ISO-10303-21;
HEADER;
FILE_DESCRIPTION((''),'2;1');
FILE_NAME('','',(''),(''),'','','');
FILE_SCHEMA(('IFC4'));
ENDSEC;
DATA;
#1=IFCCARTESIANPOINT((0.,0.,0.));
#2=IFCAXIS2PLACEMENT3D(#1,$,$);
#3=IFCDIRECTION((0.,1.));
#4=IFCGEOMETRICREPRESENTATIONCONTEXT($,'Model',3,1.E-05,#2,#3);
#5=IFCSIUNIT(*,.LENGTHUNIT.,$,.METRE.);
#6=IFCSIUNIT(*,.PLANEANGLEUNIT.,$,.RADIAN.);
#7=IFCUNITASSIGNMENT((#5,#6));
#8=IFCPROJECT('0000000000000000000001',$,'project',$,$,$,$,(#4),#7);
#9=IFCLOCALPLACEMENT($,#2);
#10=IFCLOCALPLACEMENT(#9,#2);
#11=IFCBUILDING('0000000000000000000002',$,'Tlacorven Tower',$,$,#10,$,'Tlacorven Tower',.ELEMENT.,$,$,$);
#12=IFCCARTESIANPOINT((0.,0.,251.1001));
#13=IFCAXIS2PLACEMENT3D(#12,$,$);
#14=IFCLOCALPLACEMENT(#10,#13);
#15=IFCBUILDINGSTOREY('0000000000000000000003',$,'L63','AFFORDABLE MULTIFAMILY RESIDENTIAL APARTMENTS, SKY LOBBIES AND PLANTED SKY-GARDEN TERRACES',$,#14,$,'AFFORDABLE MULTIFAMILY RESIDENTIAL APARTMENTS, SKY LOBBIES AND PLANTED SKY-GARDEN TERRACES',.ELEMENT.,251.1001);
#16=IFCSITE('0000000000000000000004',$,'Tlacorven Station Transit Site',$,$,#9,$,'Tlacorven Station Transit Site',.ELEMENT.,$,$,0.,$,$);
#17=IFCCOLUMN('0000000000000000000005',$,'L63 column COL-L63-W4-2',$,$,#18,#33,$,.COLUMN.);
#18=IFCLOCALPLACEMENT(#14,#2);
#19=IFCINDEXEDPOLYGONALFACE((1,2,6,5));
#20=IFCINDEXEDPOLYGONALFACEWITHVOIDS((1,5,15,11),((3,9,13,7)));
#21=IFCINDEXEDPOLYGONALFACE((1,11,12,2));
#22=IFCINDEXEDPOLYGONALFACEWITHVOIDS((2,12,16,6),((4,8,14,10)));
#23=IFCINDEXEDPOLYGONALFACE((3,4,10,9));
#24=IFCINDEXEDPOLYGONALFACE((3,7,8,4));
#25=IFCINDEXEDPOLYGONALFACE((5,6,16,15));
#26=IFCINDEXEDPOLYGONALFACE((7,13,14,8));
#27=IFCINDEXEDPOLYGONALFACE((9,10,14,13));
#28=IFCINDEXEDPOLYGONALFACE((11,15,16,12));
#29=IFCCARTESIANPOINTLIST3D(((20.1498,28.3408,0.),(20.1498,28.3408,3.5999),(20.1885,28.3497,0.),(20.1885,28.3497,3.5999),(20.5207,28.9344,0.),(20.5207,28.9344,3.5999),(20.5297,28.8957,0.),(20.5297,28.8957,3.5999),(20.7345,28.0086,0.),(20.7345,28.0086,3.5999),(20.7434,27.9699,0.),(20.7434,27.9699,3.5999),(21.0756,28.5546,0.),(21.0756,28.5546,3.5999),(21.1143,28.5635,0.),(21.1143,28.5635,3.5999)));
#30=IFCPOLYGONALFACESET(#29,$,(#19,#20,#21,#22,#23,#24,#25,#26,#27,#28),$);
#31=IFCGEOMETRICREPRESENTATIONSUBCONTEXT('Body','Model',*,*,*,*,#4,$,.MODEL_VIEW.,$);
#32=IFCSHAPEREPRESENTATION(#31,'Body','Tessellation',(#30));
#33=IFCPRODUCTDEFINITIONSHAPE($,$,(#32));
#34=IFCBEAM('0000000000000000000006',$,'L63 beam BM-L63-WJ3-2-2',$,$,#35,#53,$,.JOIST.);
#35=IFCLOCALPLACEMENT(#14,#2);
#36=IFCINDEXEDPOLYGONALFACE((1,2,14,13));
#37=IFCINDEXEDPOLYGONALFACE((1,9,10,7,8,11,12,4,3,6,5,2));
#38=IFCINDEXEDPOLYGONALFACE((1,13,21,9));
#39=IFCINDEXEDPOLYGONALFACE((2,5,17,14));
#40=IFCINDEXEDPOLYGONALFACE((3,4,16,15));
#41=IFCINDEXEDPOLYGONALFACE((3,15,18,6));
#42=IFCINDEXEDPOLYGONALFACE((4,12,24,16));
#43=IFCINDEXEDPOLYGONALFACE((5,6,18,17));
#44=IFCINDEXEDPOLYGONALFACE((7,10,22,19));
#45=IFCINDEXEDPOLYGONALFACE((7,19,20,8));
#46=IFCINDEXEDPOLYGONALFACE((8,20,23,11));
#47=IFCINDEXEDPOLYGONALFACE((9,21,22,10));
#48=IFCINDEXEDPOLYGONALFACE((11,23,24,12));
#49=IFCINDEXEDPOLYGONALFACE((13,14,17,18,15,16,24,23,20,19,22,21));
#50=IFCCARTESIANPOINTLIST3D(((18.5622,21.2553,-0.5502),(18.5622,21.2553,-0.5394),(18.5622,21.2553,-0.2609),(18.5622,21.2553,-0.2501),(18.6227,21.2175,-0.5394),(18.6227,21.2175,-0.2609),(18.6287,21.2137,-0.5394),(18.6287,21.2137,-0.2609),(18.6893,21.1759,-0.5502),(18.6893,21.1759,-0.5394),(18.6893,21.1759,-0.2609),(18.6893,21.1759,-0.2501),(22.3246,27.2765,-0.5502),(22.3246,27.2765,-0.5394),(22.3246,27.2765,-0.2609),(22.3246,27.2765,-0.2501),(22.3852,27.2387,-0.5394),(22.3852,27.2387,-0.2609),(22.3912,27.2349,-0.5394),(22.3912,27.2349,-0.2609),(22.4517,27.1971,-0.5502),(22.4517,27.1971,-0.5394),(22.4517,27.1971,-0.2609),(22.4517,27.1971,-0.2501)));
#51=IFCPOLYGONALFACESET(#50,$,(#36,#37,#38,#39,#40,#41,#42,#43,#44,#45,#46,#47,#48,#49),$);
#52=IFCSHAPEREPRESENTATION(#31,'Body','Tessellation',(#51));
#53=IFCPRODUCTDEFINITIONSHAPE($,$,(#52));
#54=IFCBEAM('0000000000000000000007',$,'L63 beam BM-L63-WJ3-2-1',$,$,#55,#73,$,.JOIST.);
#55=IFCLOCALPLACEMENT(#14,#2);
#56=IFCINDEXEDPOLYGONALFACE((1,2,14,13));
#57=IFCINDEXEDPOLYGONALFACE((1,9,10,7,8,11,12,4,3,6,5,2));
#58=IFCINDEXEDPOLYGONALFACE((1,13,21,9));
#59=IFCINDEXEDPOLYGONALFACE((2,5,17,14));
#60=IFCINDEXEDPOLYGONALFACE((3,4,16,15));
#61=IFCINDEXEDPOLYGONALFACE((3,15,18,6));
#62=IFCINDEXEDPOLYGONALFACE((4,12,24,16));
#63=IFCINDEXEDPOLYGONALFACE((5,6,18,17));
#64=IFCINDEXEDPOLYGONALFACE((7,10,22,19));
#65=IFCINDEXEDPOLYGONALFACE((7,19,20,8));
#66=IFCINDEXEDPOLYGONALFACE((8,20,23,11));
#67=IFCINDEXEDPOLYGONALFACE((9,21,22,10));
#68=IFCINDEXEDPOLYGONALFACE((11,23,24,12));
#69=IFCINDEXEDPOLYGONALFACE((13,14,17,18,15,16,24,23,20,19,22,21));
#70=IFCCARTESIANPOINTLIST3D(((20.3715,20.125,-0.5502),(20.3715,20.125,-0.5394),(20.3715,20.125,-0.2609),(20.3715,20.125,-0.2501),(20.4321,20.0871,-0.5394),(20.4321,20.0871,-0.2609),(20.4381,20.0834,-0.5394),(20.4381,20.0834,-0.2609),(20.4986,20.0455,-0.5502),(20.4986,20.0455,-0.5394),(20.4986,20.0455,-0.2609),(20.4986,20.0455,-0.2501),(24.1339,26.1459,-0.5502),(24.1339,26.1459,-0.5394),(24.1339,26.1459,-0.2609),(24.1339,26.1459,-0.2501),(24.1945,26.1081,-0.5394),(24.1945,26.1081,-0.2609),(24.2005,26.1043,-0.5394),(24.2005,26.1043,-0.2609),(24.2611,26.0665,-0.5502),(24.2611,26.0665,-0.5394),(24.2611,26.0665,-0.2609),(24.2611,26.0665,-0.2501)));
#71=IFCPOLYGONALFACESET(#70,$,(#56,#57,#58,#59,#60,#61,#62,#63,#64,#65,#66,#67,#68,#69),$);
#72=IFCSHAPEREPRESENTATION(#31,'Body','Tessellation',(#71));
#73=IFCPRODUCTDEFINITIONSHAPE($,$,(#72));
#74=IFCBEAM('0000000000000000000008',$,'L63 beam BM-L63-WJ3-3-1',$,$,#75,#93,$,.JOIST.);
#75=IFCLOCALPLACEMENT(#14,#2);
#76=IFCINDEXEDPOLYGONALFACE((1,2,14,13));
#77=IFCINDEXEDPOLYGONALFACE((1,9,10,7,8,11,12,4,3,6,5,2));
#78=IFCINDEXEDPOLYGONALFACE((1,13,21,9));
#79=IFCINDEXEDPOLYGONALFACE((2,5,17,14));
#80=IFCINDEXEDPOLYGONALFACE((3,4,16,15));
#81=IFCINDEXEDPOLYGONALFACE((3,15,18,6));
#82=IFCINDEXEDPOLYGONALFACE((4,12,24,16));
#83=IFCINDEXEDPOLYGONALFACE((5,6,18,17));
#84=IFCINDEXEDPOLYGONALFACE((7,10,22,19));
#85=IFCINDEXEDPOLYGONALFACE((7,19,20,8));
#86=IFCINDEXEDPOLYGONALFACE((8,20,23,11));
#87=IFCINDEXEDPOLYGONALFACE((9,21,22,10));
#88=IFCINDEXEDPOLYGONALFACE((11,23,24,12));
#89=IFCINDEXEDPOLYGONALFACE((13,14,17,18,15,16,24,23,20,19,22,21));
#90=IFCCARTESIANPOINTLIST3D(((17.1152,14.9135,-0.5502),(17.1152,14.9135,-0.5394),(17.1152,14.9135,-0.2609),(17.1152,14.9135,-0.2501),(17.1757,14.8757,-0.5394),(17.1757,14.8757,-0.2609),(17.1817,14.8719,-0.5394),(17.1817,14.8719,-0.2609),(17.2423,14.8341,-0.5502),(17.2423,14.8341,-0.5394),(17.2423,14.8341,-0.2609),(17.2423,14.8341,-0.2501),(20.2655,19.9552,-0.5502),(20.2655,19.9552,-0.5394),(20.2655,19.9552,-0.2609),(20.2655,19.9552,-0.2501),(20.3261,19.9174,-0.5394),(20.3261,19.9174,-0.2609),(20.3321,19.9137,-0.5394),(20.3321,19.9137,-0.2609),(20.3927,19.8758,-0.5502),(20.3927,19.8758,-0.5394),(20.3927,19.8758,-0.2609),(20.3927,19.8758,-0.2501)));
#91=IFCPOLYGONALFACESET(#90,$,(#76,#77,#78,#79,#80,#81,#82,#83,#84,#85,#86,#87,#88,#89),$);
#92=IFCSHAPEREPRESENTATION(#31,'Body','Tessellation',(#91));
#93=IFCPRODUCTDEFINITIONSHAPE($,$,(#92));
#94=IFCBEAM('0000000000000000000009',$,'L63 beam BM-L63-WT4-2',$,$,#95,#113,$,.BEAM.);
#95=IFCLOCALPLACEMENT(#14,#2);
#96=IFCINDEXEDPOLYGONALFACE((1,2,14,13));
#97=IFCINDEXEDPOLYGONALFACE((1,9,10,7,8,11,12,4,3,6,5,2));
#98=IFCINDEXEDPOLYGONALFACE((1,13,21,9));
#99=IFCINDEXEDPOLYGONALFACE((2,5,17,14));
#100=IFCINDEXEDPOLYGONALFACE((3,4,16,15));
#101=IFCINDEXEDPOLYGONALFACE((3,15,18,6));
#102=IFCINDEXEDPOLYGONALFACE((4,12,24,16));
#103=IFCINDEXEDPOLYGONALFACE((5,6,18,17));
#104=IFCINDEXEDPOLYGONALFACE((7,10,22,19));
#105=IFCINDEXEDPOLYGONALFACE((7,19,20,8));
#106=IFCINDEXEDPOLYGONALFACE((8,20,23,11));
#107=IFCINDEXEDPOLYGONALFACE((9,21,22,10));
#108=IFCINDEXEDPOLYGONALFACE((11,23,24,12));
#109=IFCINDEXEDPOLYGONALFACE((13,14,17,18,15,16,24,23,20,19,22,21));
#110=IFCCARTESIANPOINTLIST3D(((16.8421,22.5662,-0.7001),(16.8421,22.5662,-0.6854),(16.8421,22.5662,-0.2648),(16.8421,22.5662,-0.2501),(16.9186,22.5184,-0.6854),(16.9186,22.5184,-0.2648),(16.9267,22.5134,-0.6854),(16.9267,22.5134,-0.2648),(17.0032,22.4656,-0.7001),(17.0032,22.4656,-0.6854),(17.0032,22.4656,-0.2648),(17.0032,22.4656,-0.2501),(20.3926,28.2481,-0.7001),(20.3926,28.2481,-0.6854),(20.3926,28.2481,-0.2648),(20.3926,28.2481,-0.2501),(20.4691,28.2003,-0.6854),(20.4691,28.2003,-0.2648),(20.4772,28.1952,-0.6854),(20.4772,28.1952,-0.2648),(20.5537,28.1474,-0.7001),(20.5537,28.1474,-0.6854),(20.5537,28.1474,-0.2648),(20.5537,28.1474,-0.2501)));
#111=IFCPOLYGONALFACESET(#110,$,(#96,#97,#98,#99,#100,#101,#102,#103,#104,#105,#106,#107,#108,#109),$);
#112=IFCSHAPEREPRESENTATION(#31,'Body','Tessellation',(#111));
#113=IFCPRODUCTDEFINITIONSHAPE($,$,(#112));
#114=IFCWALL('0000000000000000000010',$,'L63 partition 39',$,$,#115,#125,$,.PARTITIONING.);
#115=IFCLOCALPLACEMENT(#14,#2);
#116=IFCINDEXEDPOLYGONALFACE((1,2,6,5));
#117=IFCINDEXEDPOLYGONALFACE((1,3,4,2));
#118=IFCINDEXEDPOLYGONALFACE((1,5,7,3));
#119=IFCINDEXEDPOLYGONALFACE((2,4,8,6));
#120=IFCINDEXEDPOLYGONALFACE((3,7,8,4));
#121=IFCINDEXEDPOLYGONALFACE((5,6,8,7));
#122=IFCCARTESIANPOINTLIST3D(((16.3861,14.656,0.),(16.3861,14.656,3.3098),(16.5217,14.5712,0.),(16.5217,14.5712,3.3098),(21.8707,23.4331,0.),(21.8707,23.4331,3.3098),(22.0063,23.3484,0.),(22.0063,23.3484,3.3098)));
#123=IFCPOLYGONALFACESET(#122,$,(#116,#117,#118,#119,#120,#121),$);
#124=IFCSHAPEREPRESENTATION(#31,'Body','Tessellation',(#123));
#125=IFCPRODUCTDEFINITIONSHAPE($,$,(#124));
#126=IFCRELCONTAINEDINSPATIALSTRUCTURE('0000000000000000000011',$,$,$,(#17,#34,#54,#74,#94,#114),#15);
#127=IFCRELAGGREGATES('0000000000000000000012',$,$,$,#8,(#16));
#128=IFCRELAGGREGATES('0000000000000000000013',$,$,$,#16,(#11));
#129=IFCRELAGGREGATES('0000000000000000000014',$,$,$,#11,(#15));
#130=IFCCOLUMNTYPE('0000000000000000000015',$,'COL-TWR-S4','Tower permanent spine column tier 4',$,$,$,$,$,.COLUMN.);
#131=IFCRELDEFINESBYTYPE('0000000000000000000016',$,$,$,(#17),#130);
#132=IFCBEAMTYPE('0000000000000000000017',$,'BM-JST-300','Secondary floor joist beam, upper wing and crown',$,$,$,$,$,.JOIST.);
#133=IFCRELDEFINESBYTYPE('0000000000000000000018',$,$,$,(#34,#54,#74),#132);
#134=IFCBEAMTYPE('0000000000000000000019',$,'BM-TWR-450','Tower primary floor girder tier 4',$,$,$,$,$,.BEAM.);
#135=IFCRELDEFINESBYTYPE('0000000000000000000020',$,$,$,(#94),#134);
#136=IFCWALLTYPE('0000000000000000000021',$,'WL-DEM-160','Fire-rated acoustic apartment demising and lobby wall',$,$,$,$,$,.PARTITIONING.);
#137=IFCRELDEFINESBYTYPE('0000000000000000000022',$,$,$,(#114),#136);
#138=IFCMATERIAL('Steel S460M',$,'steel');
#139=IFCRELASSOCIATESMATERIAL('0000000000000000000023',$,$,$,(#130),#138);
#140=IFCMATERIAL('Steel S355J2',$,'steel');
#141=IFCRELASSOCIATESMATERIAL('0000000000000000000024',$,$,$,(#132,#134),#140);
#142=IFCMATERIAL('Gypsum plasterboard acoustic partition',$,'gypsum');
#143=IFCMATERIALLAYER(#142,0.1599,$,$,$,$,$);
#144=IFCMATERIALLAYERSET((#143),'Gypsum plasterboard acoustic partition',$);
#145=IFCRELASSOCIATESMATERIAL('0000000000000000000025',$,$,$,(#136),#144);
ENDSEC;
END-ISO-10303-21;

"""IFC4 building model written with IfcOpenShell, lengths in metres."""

from ifc_helpers import new_model, si_unit, direction, frame, frame_2d, origin, origin_2d, place, context, subcontext, project, spatial, rectangle, hollow_rectangle, i_section, extrude, source, transform, mapped, material, layer, layer_set, material_profile, profile_set, type_object, element, save


model = new_model("IFC4")

# Units and contexts
model_context = context("Model", 3, precision=1e-05, world=origin(), true_north=direction((0.0, 1.0)))
body_context = subcontext(model_context, "Body", "Model", "MODEL_VIEW")
ifc_project = project(units=[si_unit("LENGTHUNIT", "METRE"), si_unit("PLANEANGLEUNIT", "RADIAN")], contexts=[model_context])

# Site, building, storey
site_placement = place(None, origin())
site = spatial("IfcSite", under=ifc_project, at=site_placement, Name="Tlacorven Station Transit Site", LongName="Tlacorven Station Transit Site", CompositionType="ELEMENT", RefElevation=0.0)
building_placement = place(site_placement, origin())
building = spatial("IfcBuilding", under=site, at=building_placement, Name="Tlacorven Tower", LongName="Tlacorven Tower", CompositionType="ELEMENT")
storey_placement = place(building_placement, frame((0.0, 0.0, 251.1001)))
storey = spatial("IfcBuildingStorey", under=building, at=storey_placement, Name="L63", Description="AFFORDABLE MULTIFAMILY RESIDENTIAL APARTMENTS, SKY LOBBIES AND PLANTED SKY-GARDEN TERRACES", LongName="AFFORDABLE MULTIFAMILY RESIDENTIAL APARTMENTS, SKY LOBBIES AND PLANTED SKY-GARDEN TERRACES", CompositionType="ELEMENT", Elevation=251.1001)

# Column
ifc_material_1 = material(Name="Steel S460M", Category="steel")
ifc_material_profile_1 = material_profile(ifc_material_1, hollow_rectangle(XDim=0.7, YDim=0.7, WallThickness=0.0281, at=origin_2d()), Name="BOX 700X700X28")
ifc_profile_set_1 = profile_set([ifc_material_profile_1], Name="Steel S460M")
column_type = type_object("IfcColumnType", Name="COL-TWR-S4", Description="Tower permanent spine column tier 4", PredefinedType="COLUMN", material=ifc_profile_set_1)
shared_shape_1 = source(origin(), body_context, "Body", "SweptSolid", [
    extrude(hollow_rectangle(XDim=0.7, YDim=0.7, WallThickness=0.0281, at=origin_2d()), origin(), (0.0, 0.0, 1.0), 3.5999),
])
column_placement = place(storey_placement, frame((20.6321, 28.4521, 0.0), z_axis=(0.0, 0.0, 1.0), x_axis=(-0.848048, 0.529919, 0.0)))
element("IfcColumn", 1, at=column_placement, inside=storey, type_object=column_type, Name="L63 column COL-L63-W4-2", PredefinedType="COLUMN", context=body_context, shape_type="MappedRepresentation", body=[
    mapped(shared_shape_1, transform((0.0, 0.0, 0.0), scale=1.0)),
])

# Beams
ifc_material_2 = material(Name="Steel S355J2", Category="steel")
ifc_material_profile_2 = material_profile(ifc_material_2, i_section(OverallWidth=0.1499, OverallDepth=0.3, WebThickness=0.0071, FlangeThickness=0.0107, at=origin_2d()), Name="IPE 300")
ifc_profile_set_2 = profile_set([ifc_material_profile_2], Name="Steel S355J2")
beam_type_1 = type_object("IfcBeamType", Name="BM-JST-300", Description="Secondary floor joist beam, upper wing and crown", PredefinedType="JOIST", material=ifc_profile_set_2)
shared_shape_2 = source(origin(), body_context, "Body", "SweptSolid", [
    extrude(i_section(OverallWidth=0.1499, OverallDepth=0.3, WebThickness=0.0071, FlangeThickness=0.0107, at=origin_2d()), origin(), (0.0, 0.0, 1.0), 7.1001),
])
beam_1_placement = place(storey_placement, frame((22.3882, 27.2368, -0.4001), z_axis=(-0.529915, -0.84805, 0.0), x_axis=(0.84805, -0.529915, 0.0)))
element("IfcBeam", 2, at=beam_1_placement, inside=storey, type_object=beam_type_1, Name="L63 beam BM-L63-WJ3-2-2", PredefinedType="JOIST", context=body_context, shape_type="MappedRepresentation", body=[
    mapped(shared_shape_2, transform((0.0, 0.0, 0.0), scale=1.0)),
])
shared_shape_3 = source(origin(), body_context, "Body", "SweptSolid", [
    extrude(i_section(OverallWidth=0.1499, OverallDepth=0.3, WebThickness=0.0071, FlangeThickness=0.0107, at=origin_2d()), origin(), (0.0, 0.0, 1.0), 7.0999),
])
beam_2_placement = place(storey_placement, frame((24.1975, 26.1062, -0.4001), z_axis=(-0.529931, -0.848041, 0.0), x_axis=(0.848041, -0.529931, 0.0)))
element("IfcBeam", 3, at=beam_2_placement, inside=storey, type_object=beam_type_1, Name="L63 beam BM-L63-WJ3-2-1", PredefinedType="JOIST", context=body_context, shape_type="MappedRepresentation", body=[
    mapped(shared_shape_3, transform((0.0, 0.0, 0.0), scale=1.0)),
])
shared_shape_4 = source(origin(), body_context, "Body", "SweptSolid", [
    extrude(i_section(OverallWidth=0.1499, OverallDepth=0.3, WebThickness=0.0071, FlangeThickness=0.0107, at=origin_2d()), origin(), (0.0, 0.0, 1.0), 5.9451),
])
beam_3_placement = place(storey_placement, frame((20.3291, 19.9155, -0.4001), z_axis=(-0.529914, -0.848051, 0.0), x_axis=(0.848051, -0.529914, 0.0)))
element("IfcBeam", 4, at=beam_3_placement, inside=storey, type_object=beam_type_1, Name="L63 beam BM-L63-WJ3-3-1", PredefinedType="JOIST", context=body_context, shape_type="MappedRepresentation", body=[
    mapped(shared_shape_4, transform((0.0, 0.0, 0.0), scale=1.0)),
])
ifc_material_profile_3 = material_profile(ifc_material_2, i_section(OverallWidth=0.1899, OverallDepth=0.45, WebThickness=0.0095, FlangeThickness=0.0146, at=origin_2d()), Name="IPE 450")
ifc_profile_set_3 = profile_set([ifc_material_profile_3], Name="Steel S355J2")
beam_type_2 = type_object("IfcBeamType", Name="BM-TWR-450", Description="Tower primary floor girder tier 4", PredefinedType="BEAM", material=ifc_profile_set_3)
shared_shape_5 = source(origin(), body_context, "Body", "SweptSolid", [
    extrude(i_section(OverallWidth=0.1899, OverallDepth=0.45, WebThickness=0.0095, FlangeThickness=0.0146, at=origin_2d()), origin(), (0.0, 0.0, 1.0), 6.7),
])
beam_4_placement = place(storey_placement, frame((20.4731, 28.1978, -0.4751), z_axis=(-0.52993, -0.848041, 0.0), x_axis=(0.848041, -0.52993, 0.0)))
element("IfcBeam", 5, at=beam_4_placement, inside=storey, type_object=beam_type_2, Name="L63 beam BM-L63-WT4-2", PredefinedType="BEAM", context=body_context, shape_type="MappedRepresentation", body=[
    mapped(shared_shape_5, transform((0.0, 0.0, 0.0), scale=1.0)),
])

# Wall
ifc_material_3 = material(Name="Gypsum plasterboard acoustic partition", Category="gypsum")
ifc_layer_1 = layer(ifc_material_3, 0.1599)
ifc_layer_set_1 = layer_set([ifc_layer_1], Name="Gypsum plasterboard acoustic partition")
wall_type_1 = type_object("IfcWallType", Name="WL-DEM-160", Description="Fire-rated acoustic apartment demising and lobby wall", PredefinedType="PARTITIONING", material=ifc_layer_set_1)
wall_1_placement = place(storey_placement, frame((21.9385, 23.3906, 0.0), z_axis=(0.0, 0.0, 1.0), x_axis=(-0.529925, -0.848045, 0.0)))
element("IfcWall", 6, at=wall_1_placement, inside=storey, type_object=wall_type_1, Name="L63 partition 39", PredefinedType="PARTITIONING", context=body_context, shape_type="SweptSolid", body=[
    extrude(rectangle(XDim=10.3499, YDim=0.1599, at=frame_2d((5.1748, 0.0))), origin(), (0.0, 0.0, 1.0), 3.3098),
])

save(model, "model.ifc")
